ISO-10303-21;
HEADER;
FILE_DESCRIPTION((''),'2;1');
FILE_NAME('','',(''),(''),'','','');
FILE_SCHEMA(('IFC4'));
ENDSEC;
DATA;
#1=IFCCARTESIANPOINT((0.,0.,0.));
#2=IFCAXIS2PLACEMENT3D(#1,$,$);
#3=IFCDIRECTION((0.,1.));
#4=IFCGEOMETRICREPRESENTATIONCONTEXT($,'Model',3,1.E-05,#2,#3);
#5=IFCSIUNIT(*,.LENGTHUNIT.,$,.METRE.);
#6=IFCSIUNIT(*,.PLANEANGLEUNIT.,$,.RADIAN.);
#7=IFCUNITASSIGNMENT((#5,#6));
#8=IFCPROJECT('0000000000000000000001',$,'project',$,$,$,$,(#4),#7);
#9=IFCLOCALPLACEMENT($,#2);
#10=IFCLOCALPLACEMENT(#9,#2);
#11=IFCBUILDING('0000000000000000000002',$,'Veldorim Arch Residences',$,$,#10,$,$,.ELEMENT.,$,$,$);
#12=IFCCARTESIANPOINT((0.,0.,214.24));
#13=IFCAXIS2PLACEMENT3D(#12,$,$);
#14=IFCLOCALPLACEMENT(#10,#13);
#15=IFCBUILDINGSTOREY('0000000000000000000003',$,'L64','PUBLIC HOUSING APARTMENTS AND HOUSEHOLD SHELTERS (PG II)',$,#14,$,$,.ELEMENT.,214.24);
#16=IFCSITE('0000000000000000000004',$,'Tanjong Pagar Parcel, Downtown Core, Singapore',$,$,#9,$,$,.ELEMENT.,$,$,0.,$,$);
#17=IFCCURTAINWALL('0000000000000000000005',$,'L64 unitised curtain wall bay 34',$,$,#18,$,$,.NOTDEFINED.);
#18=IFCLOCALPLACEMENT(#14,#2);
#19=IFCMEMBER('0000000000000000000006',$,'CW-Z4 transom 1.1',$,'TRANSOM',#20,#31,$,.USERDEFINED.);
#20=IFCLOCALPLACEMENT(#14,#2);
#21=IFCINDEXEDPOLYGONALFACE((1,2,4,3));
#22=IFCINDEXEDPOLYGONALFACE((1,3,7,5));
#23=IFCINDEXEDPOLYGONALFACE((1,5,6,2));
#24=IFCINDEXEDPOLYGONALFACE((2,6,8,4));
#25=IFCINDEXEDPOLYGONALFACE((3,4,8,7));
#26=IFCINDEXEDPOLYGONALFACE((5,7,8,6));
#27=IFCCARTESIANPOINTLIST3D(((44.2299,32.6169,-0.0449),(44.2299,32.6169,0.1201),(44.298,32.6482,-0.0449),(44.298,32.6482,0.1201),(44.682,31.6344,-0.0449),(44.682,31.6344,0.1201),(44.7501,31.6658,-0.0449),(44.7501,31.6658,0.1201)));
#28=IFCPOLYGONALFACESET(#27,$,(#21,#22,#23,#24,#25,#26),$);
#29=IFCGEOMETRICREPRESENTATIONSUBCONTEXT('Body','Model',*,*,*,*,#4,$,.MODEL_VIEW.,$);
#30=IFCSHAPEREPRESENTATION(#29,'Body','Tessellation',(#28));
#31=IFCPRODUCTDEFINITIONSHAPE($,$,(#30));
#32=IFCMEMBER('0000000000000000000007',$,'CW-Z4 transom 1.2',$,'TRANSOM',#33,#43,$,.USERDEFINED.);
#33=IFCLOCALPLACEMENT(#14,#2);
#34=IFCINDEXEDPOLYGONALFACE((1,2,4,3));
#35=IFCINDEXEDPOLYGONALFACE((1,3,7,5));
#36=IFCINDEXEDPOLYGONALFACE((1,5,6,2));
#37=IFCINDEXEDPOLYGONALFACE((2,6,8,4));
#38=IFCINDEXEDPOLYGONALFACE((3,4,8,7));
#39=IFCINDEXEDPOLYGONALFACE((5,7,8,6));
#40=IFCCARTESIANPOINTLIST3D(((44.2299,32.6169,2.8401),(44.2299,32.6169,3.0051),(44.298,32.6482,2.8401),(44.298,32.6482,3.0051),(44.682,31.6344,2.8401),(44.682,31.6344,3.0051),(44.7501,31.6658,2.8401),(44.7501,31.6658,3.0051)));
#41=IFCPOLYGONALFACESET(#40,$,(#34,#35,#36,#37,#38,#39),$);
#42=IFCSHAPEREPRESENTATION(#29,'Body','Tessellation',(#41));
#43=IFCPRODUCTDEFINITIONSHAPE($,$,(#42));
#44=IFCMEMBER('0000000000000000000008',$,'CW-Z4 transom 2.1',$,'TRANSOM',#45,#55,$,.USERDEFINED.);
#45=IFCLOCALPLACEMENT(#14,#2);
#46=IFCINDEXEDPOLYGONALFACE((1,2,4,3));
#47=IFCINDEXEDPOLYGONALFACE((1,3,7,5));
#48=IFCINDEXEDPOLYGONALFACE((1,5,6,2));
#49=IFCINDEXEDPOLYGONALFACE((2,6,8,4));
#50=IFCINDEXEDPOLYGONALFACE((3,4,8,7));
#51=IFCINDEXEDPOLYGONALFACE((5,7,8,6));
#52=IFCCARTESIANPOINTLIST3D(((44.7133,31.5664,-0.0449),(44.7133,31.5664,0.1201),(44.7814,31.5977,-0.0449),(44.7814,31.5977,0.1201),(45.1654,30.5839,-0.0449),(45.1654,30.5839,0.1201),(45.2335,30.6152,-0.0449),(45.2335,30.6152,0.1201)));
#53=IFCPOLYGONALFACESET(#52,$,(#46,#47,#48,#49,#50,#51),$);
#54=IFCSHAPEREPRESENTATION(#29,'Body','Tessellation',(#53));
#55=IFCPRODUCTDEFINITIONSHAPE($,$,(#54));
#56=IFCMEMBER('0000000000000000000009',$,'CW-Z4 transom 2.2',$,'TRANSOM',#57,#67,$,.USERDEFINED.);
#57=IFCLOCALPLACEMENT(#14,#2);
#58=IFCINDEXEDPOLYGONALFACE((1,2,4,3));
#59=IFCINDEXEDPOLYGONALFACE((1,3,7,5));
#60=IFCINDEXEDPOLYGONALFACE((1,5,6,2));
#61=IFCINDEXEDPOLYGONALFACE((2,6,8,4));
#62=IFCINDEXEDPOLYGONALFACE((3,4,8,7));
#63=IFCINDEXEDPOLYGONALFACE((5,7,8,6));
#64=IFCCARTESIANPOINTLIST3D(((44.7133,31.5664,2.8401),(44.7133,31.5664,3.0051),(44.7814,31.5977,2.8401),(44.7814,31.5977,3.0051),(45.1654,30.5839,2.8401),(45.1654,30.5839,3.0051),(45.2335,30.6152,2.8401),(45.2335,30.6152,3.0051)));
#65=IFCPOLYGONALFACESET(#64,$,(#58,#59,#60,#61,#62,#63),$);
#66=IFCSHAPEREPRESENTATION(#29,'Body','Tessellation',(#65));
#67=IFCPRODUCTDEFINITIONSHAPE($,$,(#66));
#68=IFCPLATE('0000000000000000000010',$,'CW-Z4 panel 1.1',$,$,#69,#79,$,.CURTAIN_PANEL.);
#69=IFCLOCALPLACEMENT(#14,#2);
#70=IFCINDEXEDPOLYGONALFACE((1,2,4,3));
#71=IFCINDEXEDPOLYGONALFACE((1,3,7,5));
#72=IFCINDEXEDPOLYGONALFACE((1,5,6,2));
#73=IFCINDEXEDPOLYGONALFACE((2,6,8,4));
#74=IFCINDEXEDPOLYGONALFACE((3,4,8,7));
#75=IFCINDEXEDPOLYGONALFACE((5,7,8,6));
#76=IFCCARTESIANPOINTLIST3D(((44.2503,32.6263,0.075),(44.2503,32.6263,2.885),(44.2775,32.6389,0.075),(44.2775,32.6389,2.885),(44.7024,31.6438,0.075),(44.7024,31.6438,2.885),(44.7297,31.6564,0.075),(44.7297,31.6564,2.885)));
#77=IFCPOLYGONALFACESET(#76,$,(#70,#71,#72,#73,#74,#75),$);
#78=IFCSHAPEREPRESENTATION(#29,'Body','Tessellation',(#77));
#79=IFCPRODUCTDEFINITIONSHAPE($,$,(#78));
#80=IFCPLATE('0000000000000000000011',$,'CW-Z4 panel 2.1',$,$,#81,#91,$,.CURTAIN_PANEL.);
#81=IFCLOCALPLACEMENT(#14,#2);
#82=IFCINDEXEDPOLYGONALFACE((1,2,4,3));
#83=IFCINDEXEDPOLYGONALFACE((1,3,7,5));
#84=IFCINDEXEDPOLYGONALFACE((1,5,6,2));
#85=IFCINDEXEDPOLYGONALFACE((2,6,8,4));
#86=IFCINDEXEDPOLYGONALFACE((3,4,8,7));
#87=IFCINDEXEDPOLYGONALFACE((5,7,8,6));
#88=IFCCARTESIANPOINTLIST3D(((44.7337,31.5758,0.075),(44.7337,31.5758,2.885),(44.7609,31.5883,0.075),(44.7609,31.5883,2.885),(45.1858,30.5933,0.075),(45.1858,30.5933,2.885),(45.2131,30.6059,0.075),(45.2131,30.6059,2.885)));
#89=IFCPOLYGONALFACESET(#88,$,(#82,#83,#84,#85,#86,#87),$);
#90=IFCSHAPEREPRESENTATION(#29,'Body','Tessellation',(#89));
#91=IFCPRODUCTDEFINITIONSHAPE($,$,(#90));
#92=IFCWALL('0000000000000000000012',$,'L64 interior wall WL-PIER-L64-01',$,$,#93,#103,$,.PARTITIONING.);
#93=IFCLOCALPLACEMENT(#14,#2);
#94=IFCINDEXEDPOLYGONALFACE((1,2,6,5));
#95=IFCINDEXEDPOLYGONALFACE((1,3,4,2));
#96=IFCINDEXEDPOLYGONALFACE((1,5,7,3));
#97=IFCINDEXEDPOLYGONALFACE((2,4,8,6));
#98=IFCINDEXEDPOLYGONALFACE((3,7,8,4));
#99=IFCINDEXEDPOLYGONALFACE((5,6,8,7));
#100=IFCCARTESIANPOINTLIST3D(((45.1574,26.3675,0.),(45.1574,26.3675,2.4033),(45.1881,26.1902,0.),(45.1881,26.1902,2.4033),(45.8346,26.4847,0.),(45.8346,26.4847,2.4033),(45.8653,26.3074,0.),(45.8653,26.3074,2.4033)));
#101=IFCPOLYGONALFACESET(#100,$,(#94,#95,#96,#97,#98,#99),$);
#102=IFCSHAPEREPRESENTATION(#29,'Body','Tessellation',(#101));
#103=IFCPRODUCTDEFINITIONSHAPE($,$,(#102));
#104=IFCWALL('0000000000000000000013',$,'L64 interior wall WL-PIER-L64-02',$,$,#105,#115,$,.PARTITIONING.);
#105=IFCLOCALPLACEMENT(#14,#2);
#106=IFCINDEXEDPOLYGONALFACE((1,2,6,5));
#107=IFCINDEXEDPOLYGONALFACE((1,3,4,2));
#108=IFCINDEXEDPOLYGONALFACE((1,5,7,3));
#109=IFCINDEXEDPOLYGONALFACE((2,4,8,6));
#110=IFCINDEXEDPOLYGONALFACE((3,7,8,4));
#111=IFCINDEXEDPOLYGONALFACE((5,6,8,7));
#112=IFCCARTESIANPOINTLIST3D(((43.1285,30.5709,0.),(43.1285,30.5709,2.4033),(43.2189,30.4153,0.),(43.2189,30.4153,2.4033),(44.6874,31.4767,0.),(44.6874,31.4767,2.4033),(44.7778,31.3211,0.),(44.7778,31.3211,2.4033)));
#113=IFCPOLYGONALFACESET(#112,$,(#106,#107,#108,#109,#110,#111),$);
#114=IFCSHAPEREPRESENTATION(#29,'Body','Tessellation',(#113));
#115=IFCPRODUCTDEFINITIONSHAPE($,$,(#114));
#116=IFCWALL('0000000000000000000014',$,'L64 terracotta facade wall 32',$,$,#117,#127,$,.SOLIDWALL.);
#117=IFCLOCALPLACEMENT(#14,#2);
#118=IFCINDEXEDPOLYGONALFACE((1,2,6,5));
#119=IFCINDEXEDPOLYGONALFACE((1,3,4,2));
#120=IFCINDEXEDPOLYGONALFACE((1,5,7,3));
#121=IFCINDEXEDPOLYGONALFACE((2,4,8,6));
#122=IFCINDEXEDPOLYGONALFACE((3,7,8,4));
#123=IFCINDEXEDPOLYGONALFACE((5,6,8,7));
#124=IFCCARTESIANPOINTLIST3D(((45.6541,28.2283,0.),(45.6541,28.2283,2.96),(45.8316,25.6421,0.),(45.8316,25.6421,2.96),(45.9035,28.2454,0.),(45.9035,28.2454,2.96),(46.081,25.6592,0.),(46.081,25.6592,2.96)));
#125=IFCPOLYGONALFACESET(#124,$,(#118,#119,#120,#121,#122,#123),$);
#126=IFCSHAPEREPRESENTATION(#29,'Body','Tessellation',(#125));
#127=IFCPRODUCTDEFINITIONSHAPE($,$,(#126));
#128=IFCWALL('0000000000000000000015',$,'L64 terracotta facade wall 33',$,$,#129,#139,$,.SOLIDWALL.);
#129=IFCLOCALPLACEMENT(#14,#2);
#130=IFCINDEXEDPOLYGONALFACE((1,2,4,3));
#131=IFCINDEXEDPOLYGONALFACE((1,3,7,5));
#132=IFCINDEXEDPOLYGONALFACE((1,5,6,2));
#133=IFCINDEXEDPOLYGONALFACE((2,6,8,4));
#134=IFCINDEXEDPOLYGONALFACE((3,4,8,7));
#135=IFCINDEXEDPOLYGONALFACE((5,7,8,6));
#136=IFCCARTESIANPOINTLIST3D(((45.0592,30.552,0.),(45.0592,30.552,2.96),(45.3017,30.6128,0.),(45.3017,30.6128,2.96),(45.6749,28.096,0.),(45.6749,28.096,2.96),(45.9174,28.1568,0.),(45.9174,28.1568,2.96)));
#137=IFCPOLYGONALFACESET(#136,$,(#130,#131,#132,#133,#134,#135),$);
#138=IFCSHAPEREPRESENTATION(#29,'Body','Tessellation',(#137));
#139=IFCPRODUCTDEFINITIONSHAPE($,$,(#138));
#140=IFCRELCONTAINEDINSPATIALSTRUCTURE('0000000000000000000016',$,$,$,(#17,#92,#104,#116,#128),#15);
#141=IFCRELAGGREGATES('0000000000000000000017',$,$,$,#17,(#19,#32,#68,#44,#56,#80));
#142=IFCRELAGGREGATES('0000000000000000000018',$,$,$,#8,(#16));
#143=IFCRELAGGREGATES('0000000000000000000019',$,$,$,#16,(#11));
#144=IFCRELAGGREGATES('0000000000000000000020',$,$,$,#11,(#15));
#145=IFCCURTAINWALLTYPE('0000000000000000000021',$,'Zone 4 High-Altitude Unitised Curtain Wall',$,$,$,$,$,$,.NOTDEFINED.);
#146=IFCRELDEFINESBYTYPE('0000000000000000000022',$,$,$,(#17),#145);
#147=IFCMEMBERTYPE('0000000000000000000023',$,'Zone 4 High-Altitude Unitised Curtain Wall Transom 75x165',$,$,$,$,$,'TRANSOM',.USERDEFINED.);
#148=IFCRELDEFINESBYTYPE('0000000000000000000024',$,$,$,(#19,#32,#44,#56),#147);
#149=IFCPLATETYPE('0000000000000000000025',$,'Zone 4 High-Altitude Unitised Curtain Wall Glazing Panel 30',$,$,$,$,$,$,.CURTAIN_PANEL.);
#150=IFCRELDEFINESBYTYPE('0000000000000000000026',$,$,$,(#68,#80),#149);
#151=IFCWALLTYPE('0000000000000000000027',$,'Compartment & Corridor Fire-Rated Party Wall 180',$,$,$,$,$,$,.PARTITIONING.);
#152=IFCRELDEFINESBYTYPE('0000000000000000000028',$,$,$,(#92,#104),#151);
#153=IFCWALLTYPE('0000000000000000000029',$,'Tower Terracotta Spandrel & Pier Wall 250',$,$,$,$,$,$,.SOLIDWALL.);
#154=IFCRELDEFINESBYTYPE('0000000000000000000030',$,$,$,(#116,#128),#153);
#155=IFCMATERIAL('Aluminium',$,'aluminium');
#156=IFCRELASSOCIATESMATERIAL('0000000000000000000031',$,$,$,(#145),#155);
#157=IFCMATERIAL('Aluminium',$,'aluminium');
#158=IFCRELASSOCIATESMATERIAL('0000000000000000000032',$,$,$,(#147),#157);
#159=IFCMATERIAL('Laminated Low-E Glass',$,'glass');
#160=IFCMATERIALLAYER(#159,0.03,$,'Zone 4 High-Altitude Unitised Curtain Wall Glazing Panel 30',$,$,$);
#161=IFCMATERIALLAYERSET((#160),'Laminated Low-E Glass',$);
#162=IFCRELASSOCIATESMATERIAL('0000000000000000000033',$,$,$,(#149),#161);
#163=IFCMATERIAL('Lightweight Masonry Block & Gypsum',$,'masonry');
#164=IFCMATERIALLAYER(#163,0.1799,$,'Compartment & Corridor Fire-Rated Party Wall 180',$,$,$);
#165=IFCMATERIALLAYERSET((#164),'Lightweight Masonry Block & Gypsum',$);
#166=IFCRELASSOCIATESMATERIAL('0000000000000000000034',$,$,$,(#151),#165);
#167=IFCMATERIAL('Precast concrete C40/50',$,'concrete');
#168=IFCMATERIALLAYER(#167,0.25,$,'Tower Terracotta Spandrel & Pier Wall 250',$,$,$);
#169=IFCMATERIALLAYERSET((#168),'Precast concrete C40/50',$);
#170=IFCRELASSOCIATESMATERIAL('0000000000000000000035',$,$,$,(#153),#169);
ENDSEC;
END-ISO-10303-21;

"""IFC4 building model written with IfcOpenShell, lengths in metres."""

from ifc_helpers import new_model, si_unit, direction, frame, frame_2d, origin, origin_2d, place, context, subcontext, project, spatial, rectangle, extrude, material, layer, layer_set, material_profile, profile_set, type_object, element, aggregate, save


model = new_model("IFC4")

# Units and contexts
model_context = context("Model", 3, precision=1e-05, world=origin(), true_north=direction((0.0, 1.0)))
body_context = subcontext(model_context, "Body", "Model", "MODEL_VIEW")
ifc_project = project(units=[si_unit("LENGTHUNIT", "METRE"), si_unit("PLANEANGLEUNIT", "RADIAN")], contexts=[model_context])

# Site, building, storey
site_placement = place(None, origin())
site = spatial("IfcSite", under=ifc_project, at=site_placement, Name="Tanjong Pagar Parcel, Downtown Core, Singapore", CompositionType="ELEMENT", RefElevation=0.0)
building_placement = place(site_placement, origin())
building = spatial("IfcBuilding", under=site, at=building_placement, Name="Veldorim Arch Residences", CompositionType="ELEMENT")
storey_placement = place(building_placement, frame((0.0, 0.0, 214.24)))
storey = spatial("IfcBuildingStorey", under=building, at=storey_placement, Name="L64", Description="PUBLIC HOUSING APARTMENTS AND HOUSEHOLD SHELTERS (PG II)", CompositionType="ELEMENT", Elevation=214.24)

# Curtain wall, members, plates
ifc_material_1 = material(Name="Aluminium", Category="aluminium")
curtain_wall_type = type_object("IfcCurtainWallType", Name="Zone 4 High-Altitude Unitised Curtain Wall", PredefinedType="NOTDEFINED", material=ifc_material_1)
curtain_wall_placement = place(storey_placement, origin())
curtain_wall = element("IfcCurtainWall", 1, at=curtain_wall_placement, inside=storey, type_object=curtain_wall_type, Name="L64 unitised curtain wall bay 34", PredefinedType="NOTDEFINED")
ifc_material_2 = material(Name="Aluminium", Category="aluminium")
ifc_material_profile_1 = material_profile(ifc_material_2, rectangle(XDim=0.075, YDim=0.165, at=origin_2d()), Name="ALU_TRN_75x165")
ifc_profile_set_1 = profile_set([ifc_material_profile_1], Name="Aluminium")
member_type_1 = type_object("IfcMemberType", Name="Zone 4 High-Altitude Unitised Curtain Wall Transom 75x165", ElementType="TRANSOM", PredefinedType="USERDEFINED", material=ifc_profile_set_1)
member_1_placement = place(storey_placement, frame((44.2639, 32.6326, 0.0376), z_axis=(0.418084, -0.908408, 0.0), x_axis=(0.908408, 0.418084, 0.0)))
member_1 = element("IfcMember", 2, at=member_1_placement, type_object=member_type_1, Name="CW-Z4 transom 1.1", ObjectType="TRANSOM", PredefinedType="USERDEFINED", context=body_context, shape_type="SweptSolid", body=[
    extrude(rectangle(XDim=0.075, YDim=0.165, at=origin_2d()), origin(), (0.0, 0.0, 1.0), 1.0815),
])
member_2_placement = place(storey_placement, frame((44.2639, 32.6326, 2.9226), z_axis=(0.418084, -0.908408, 0.0), x_axis=(0.908408, 0.418084, 0.0)))
member_2 = element("IfcMember", 3, at=member_2_placement, type_object=member_type_1, Name="CW-Z4 transom 1.2", ObjectType="TRANSOM", PredefinedType="USERDEFINED", context=body_context, shape_type="SweptSolid", body=[
    extrude(rectangle(XDim=0.075, YDim=0.165, at=origin_2d()), origin(), (0.0, 0.0, 1.0), 1.0815),
])
member_3_placement = place(storey_placement, frame((44.7473, 31.582, 0.0376), z_axis=(0.418084, -0.908408, 0.0), x_axis=(0.908408, 0.418084, 0.0)))
member_3 = element("IfcMember", 4, at=member_3_placement, type_object=member_type_1, Name="CW-Z4 transom 2.1", ObjectType="TRANSOM", PredefinedType="USERDEFINED", context=body_context, shape_type="SweptSolid", body=[
    extrude(rectangle(XDim=0.075, YDim=0.165, at=origin_2d()), origin(), (0.0, 0.0, 1.0), 1.0815),
])
member_4_placement = place(storey_placement, frame((44.7473, 31.582, 2.9226), z_axis=(0.418084, -0.908408, 0.0), x_axis=(0.908408, 0.418084, 0.0)))
member_4 = element("IfcMember", 5, at=member_4_placement, type_object=member_type_1, Name="CW-Z4 transom 2.2", ObjectType="TRANSOM", PredefinedType="USERDEFINED", context=body_context, shape_type="SweptSolid", body=[
    extrude(rectangle(XDim=0.075, YDim=0.165, at=origin_2d()), origin(), (0.0, 0.0, 1.0), 1.0815),
])
ifc_material_3 = material(Name="Laminated Low-E Glass", Category="glass")
ifc_layer_1 = layer(ifc_material_3, 0.03, Name="Zone 4 High-Altitude Unitised Curtain Wall Glazing Panel 30")
ifc_layer_set_1 = layer_set([ifc_layer_1], Name="Laminated Low-E Glass")
plate_type = type_object("IfcPlateType", Name="Zone 4 High-Altitude Unitised Curtain Wall Glazing Panel 30", PredefinedType="CURTAIN_PANEL", material=ifc_layer_set_1)
plate_1_placement = place(storey_placement, frame((44.49, 32.1414, 0.075), z_axis=(0.0, 0.0, 1.0), x_axis=(0.418102, -0.9084, 0.0)))
plate_1 = element("IfcPlate", 6, at=plate_1_placement, type_object=plate_type, Name="CW-Z4 panel 1.1", PredefinedType="CURTAIN_PANEL", context=body_context, shape_type="SweptSolid", body=[
    extrude(rectangle(XDim=1.0815, YDim=0.03, at=origin_2d()), origin(), (0.0, 0.0, 1.0), 2.8101),
])
plate_2_placement = place(storey_placement, frame((44.9734, 31.0908, 0.075), z_axis=(0.0, 0.0, 1.0), x_axis=(0.418102, -0.9084, 0.0)))
plate_2 = element("IfcPlate", 7, at=plate_2_placement, type_object=plate_type, Name="CW-Z4 panel 2.1", PredefinedType="CURTAIN_PANEL", context=body_context, shape_type="SweptSolid", body=[
    extrude(rectangle(XDim=1.0815, YDim=0.03, at=origin_2d()), origin(), (0.0, 0.0, 1.0), 2.8101),
])
aggregate(curtain_wall, [member_1, member_2, plate_1, member_3, member_4, plate_2])

# Walls
ifc_material_4 = material(Name="Lightweight Masonry Block & Gypsum", Category="masonry")
ifc_layer_2 = layer(ifc_material_4, 0.1799, Name="Compartment & Corridor Fire-Rated Party Wall 180")
ifc_layer_set_2 = layer_set([ifc_layer_2], Name="Lightweight Masonry Block & Gypsum")
wall_type_1 = type_object("IfcWallType", Name="Compartment & Corridor Fire-Rated Party Wall 180", PredefinedType="PARTITIONING", material=ifc_layer_set_2)
wall_1_placement = place(storey_placement, frame((45.1726, 26.2788, 0.0), z_axis=(0.0, 0.0, 1.0), x_axis=(0.985357, 0.170502, 0.0)))
element("IfcWall", 8, at=wall_1_placement, inside=storey, type_object=wall_type_1, Name="L64 interior wall WL-PIER-L64-01", PredefinedType="PARTITIONING", context=body_context, shape_type="SweptSolid", body=[
    extrude(rectangle(XDim=0.6873, YDim=0.1799, at=frame_2d((0.3438, 0.0))), origin(), (0.0, 0.0, 1.0), 2.4033),
])
wall_2_placement = place(storey_placement, frame((43.1738, 30.4932, 0.0), z_axis=(0.0, 0.0, 1.0), x_axis=(0.864637, 0.502397, 0.0)))
element("IfcWall", 9, at=wall_2_placement, inside=storey, type_object=wall_type_1, Name="L64 interior wall WL-PIER-L64-02", PredefinedType="PARTITIONING", context=body_context, shape_type="SweptSolid", body=[
    extrude(rectangle(XDim=1.803, YDim=0.1799, at=frame_2d((0.9014, 0.0))), origin(), (0.0, 0.0, 1.0), 2.4033),
])
ifc_material_5 = material(Name="Precast concrete C40/50", Category="concrete")
ifc_layer_3 = layer(ifc_material_5, 0.25, Name="Tower Terracotta Spandrel & Pier Wall 250")
ifc_layer_set_3 = layer_set([ifc_layer_3], Name="Precast concrete C40/50")
wall_type_2 = type_object("IfcWallType", Name="Tower Terracotta Spandrel & Pier Wall 250", PredefinedType="SOLIDWALL", material=ifc_layer_set_3)
wall_3_placement = place(storey_placement, frame((45.7788, 28.2368, 0.0), z_axis=(0.0, 0.0, 1.0), x_axis=(0.068469, -0.997653, 0.0)))
element("IfcWall", 10, at=wall_3_placement, inside=storey, type_object=wall_type_2, Name="L64 terracotta facade wall 32", PredefinedType="SOLIDWALL", context=body_context, shape_type="SweptSolid", body=[
    extrude(rectangle(XDim=2.5923, YDim=0.25, at=frame_2d((1.2961, 0.0))), origin(), (0.0, 0.0, 1.0), 2.96),
])
wall_4_placement = place(storey_placement, frame((45.1804, 30.5825, 0.0), z_axis=(0.0, 0.0, 1.0), x_axis=(0.243171, -0.969983, 0.0)))
element("IfcWall", 11, at=wall_4_placement, inside=storey, type_object=wall_type_2, Name="L64 terracotta facade wall 33", PredefinedType="SOLIDWALL", context=body_context, shape_type="SweptSolid", body=[
    extrude(rectangle(XDim=2.532, YDim=0.25, at=frame_2d((1.2661, 0.0))), origin(), (0.0, 0.0, 1.0), 2.96),
])

save(model, "model.ifc")
